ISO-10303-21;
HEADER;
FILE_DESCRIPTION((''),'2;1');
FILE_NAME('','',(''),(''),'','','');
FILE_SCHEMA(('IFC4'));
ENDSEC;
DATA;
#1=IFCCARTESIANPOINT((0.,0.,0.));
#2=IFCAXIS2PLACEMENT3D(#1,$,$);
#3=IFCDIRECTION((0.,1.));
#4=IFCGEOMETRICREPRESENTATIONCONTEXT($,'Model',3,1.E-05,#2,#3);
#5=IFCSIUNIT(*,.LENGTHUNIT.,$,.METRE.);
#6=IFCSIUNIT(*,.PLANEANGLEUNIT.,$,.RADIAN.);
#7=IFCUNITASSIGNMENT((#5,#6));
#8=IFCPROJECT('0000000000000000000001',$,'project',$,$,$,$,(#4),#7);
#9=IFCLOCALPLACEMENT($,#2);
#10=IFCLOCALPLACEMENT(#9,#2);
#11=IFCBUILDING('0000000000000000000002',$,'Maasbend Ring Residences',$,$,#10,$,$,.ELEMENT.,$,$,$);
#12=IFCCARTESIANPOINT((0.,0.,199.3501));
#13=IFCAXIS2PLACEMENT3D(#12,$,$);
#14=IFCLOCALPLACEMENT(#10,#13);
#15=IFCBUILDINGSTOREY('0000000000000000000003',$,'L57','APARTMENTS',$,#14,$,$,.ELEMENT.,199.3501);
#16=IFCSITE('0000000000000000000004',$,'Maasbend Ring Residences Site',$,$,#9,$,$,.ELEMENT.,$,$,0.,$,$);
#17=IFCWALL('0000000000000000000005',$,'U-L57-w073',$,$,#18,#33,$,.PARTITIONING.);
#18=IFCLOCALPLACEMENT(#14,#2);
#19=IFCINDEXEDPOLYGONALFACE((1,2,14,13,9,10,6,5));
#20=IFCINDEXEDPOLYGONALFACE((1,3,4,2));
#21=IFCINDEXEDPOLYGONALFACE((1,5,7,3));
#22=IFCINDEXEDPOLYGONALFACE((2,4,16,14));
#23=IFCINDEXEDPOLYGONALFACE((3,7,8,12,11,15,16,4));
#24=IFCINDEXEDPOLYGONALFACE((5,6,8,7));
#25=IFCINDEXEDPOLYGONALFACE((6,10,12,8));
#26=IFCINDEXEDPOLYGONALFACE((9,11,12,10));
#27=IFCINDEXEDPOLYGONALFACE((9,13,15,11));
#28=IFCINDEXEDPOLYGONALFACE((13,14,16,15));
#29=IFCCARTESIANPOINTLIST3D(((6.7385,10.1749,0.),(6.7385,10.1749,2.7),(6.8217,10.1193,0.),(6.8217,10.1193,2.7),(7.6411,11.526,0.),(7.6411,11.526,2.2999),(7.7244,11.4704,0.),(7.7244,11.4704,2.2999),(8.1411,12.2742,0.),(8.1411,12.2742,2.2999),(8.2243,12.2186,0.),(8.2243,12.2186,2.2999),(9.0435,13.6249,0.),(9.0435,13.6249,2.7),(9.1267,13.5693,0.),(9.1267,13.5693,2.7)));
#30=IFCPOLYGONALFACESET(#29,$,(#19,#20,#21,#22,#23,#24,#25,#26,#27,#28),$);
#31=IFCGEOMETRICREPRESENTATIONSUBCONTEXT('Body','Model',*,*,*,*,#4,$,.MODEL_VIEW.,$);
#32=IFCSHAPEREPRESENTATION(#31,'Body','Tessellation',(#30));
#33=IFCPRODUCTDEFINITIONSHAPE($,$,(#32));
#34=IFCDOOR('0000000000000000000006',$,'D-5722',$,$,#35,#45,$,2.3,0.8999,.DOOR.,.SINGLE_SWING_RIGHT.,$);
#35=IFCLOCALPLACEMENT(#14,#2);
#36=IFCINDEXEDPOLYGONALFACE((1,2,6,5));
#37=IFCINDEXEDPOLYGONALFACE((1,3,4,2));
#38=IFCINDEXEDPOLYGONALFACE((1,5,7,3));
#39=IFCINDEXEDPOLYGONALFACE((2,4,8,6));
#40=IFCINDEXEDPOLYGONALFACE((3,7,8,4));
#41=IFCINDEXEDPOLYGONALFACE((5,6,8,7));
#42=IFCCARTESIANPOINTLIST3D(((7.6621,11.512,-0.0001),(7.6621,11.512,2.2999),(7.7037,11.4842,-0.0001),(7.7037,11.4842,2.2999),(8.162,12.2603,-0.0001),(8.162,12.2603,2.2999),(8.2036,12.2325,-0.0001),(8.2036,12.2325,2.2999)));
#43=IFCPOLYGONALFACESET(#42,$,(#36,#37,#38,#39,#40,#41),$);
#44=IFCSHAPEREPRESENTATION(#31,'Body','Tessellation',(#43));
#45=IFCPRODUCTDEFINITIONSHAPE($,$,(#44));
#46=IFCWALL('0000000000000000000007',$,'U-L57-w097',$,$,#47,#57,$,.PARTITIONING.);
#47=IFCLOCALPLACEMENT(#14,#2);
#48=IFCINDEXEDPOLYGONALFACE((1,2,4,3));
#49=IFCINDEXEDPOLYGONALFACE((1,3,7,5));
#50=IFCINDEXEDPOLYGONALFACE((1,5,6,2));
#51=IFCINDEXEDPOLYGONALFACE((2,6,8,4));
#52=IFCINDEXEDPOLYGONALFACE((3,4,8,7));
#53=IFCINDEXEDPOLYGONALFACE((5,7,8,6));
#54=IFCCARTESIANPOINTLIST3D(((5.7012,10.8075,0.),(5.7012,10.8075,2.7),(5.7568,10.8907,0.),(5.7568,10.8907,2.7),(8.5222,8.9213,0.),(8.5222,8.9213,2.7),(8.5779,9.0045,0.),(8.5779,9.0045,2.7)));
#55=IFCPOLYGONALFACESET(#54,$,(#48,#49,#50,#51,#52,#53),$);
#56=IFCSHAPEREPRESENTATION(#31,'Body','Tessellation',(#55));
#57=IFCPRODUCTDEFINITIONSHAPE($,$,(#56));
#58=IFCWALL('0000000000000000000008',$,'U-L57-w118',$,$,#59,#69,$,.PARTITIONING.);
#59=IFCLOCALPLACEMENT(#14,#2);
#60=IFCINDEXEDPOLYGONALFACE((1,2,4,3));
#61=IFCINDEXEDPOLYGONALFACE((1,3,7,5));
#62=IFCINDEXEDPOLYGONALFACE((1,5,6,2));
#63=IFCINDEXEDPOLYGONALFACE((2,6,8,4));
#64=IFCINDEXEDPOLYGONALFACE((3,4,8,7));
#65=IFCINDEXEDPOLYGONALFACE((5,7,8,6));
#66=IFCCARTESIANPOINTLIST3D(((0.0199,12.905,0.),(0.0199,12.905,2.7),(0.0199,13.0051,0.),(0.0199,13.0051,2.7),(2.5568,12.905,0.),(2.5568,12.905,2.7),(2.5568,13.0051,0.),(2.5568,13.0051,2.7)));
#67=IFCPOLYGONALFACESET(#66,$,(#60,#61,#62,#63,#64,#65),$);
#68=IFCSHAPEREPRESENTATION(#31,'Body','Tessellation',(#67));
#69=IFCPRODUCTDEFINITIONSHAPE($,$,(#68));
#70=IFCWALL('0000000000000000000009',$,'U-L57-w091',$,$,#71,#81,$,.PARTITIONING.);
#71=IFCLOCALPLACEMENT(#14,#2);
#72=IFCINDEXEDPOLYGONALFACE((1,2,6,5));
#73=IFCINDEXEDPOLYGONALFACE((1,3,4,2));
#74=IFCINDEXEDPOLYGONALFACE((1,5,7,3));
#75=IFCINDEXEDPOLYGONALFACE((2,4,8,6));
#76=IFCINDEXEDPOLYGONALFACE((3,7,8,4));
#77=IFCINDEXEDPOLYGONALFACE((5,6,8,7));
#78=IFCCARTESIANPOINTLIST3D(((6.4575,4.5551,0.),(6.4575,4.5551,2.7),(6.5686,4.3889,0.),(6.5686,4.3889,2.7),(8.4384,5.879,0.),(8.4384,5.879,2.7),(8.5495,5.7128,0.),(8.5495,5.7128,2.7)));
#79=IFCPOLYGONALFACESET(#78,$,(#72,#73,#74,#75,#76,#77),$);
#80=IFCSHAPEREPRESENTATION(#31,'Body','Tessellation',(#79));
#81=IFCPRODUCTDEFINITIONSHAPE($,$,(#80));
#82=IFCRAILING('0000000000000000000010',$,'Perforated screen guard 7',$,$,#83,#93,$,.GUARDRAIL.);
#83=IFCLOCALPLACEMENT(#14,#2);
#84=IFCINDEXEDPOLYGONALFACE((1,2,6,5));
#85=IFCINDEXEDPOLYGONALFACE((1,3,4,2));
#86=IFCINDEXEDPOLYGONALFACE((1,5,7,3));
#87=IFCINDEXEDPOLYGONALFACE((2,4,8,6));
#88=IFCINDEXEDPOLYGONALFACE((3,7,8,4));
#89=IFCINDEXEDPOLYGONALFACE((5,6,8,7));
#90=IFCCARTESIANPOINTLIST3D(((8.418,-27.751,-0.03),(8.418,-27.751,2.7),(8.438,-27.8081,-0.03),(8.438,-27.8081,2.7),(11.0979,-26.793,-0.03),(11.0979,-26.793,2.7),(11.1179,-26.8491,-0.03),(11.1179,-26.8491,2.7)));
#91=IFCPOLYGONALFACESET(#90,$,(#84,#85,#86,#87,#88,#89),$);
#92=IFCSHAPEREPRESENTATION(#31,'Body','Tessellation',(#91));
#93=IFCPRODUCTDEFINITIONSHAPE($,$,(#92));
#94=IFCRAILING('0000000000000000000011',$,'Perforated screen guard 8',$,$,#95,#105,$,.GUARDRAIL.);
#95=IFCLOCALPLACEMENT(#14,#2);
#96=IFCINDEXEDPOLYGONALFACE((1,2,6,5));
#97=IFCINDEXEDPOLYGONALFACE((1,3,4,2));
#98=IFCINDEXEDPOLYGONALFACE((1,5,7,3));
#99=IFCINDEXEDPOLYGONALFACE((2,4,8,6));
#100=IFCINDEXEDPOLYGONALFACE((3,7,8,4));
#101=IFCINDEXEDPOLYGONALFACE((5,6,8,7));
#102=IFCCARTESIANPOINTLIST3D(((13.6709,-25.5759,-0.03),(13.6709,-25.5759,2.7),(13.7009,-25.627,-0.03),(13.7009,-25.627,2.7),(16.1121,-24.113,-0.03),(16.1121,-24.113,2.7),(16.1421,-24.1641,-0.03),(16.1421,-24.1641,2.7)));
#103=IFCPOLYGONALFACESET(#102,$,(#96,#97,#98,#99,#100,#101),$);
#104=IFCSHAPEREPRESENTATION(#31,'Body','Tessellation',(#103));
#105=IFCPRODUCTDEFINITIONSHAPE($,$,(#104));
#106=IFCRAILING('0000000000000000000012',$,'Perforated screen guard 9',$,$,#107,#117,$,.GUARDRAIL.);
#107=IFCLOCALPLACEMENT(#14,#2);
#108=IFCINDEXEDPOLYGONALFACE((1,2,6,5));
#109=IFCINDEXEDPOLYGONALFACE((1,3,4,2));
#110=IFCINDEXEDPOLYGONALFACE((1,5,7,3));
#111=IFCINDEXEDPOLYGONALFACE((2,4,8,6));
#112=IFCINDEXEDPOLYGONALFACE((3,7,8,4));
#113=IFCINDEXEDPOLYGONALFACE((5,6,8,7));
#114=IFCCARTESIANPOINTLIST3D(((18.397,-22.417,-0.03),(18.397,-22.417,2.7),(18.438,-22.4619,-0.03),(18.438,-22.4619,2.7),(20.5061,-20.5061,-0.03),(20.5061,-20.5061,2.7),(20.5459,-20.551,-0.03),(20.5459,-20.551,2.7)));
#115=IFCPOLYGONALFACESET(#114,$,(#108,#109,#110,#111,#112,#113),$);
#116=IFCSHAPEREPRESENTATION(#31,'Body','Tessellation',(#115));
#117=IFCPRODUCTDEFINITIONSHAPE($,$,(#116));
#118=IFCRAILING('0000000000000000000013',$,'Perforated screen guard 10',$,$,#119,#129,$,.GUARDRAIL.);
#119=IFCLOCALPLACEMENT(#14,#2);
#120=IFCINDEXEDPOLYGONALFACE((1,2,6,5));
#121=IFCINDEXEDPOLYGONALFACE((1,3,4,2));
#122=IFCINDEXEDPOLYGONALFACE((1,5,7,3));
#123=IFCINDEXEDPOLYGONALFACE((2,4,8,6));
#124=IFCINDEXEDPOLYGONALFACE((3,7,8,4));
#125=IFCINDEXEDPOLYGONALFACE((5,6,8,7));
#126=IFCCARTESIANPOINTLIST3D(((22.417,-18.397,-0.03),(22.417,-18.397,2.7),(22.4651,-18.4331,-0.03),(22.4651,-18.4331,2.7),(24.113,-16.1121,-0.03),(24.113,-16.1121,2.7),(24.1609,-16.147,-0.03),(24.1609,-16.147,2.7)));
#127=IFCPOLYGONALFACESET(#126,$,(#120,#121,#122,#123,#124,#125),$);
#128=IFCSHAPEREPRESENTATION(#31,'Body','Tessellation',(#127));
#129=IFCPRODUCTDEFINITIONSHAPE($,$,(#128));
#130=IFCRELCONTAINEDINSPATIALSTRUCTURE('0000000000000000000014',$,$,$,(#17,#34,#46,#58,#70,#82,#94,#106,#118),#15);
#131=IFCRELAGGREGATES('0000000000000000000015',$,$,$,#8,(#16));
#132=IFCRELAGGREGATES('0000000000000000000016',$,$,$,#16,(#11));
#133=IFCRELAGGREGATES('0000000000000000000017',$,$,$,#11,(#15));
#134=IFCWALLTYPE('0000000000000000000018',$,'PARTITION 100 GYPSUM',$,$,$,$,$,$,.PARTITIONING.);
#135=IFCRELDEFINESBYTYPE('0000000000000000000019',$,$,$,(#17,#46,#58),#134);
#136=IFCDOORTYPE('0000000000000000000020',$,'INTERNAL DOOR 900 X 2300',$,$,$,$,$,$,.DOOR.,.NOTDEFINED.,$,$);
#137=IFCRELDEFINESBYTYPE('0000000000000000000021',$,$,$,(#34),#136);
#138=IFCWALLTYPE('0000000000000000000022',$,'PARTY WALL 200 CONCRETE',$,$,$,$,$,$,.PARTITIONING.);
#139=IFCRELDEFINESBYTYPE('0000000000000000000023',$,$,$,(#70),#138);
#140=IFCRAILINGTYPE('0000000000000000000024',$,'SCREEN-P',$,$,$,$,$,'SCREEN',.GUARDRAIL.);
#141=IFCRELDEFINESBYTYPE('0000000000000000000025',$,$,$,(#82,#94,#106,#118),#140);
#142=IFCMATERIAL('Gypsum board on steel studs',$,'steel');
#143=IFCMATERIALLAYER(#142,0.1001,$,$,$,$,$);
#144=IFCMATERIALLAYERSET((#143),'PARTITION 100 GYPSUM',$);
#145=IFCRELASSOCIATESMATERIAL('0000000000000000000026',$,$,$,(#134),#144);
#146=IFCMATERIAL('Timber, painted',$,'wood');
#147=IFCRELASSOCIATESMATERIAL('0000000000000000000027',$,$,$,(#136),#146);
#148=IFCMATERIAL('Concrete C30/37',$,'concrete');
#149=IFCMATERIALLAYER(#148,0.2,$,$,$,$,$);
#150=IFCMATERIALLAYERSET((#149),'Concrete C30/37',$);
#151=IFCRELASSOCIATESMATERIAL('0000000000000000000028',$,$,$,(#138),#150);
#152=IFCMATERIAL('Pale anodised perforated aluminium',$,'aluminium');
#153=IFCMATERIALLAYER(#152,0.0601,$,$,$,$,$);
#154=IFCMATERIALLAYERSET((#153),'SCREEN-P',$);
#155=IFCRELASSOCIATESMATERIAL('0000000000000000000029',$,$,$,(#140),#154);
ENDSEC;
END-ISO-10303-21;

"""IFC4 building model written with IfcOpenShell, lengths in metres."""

from ifc_helpers import new_model, si_unit, direction, frame, frame_2d, origin, place, context, subcontext, project, spatial, polyline, rectangle, outline, extrude, material, layer, layer_set, type_object, element, fill, save


model = new_model("IFC4")

# Units and contexts
model_context = context("Model", 3, precision=1e-05, world=origin(), true_north=direction((0.0, 1.0)))
body_context = subcontext(model_context, "Body", "Model", "MODEL_VIEW")
ifc_project = project(units=[si_unit("LENGTHUNIT", "METRE"), si_unit("PLANEANGLEUNIT", "RADIAN")], contexts=[model_context])

# Site, building, storey
site_placement = place(None, origin())
site = spatial("IfcSite", under=ifc_project, at=site_placement, Name="Maasbend Ring Residences Site", CompositionType="ELEMENT", RefElevation=0.0)
building_placement = place(site_placement, origin())
building = spatial("IfcBuilding", under=site, at=building_placement, Name="Maasbend Ring Residences", CompositionType="ELEMENT")
storey_placement = place(building_placement, frame((0.0, 0.0, 199.3501)))
storey = spatial("IfcBuildingStorey", under=building, at=storey_placement, Name="L57", Description="APARTMENTS", CompositionType="ELEMENT", Elevation=199.3501)

# Wall, opening, door
ifc_material_1 = material(Name="Gypsum board on steel studs", Category="steel")
ifc_layer_1 = layer(ifc_material_1, 0.1001)
ifc_layer_set_1 = layer_set([ifc_layer_1], Name="PARTITION 100 GYPSUM")
wall_type_1 = type_object("IfcWallType", Name="PARTITION 100 GYPSUM", PredefinedType="PARTITIONING", material=ifc_layer_set_1)
ifc_material_2 = material(Name="Timber, painted", Category="wood")
door_type = type_object("IfcDoorType", Name="INTERNAL DOOR 900 X 2300", OperationType="NOTDEFINED", PredefinedType="DOOR", material=ifc_material_2)
wall_1_placement = place(storey_placement, frame((6.78, 10.147, 0.0), z_axis=(0.0, 0.0, 1.0), x_axis=(0.555528, 0.831498, 0.0)))
wall_1 = element("IfcWall", 1, at=wall_1_placement, inside=storey, type_object=wall_type_1, Name="U-L57-w073", PredefinedType="PARTITIONING", context=body_context, shape_type="SweptSolid", body=[
    extrude(rectangle(XDim=4.1492, YDim=0.1001, at=frame_2d((2.0747, 0.0))), origin(), (0.0, 0.0, 1.0), 2.7),
])
opening_1_placement = place(wall_1_placement, frame((1.625, 0.0, 0.0)))
opening_1 = element("IfcOpeningElement", 2, at=opening_1_placement, cuts=wall_1, PredefinedType="OPENING", context=body_context, shape_type="SweptSolid", body=[
    extrude(rectangle(XDim=0.8999, YDim=2.3, at=frame_2d((0.45, 1.1499))), frame((0.0, 0.0601, 0.0), z_axis=(0.0, -1.0, 0.0), x_axis=(1.0, 0.0, 0.0)), (0.0, 0.0, 1.0), 0.1201),
])
door_1_placement = place(opening_1_placement, origin())
door_1 = element("IfcDoor", 3, at=door_1_placement, inside=storey, type_object=door_type, Name="D-5722", OperationType="SINGLE_SWING_RIGHT", OverallHeight=2.3, OverallWidth=0.8999, PredefinedType="DOOR", context=body_context, shape_type="SweptSolid", body=[
    extrude(rectangle(XDim=0.8999, YDim=2.3, at=frame_2d((0.45, 1.1499))), frame((0.0, 0.0249, 0.0), z_axis=(0.0, -1.0, 0.0), x_axis=(1.0, 0.0, 0.0)), (0.0, 0.0, 1.0), 0.05),
])
fill(opening_1, door_1)

# Walls
wall_2_placement = place(storey_placement, frame((5.729, 10.8491, 0.0), z_axis=(0.0, 0.0, 1.0), x_axis=(0.831297, -0.555829, 0.0)))
element("IfcWall", 4, at=wall_2_placement, inside=storey, type_object=wall_type_1, Name="U-L57-w097", PredefinedType="PARTITIONING", context=body_context, shape_type="SweptSolid", body=[
    extrude(rectangle(XDim=3.3936, YDim=0.1001, at=frame_2d((1.6968, 0.0))), origin(), (0.0, 0.0, 1.0), 2.7),
])
wall_3_placement = place(storey_placement, frame((2.5569, 12.9551, 0.0), z_axis=(0.0, 0.0, 1.0), x_axis=(-1.0, 0.0, 0.0)))
element("IfcWall", 5, at=wall_3_placement, inside=storey, type_object=wall_type_1, Name="U-L57-w118", PredefinedType="PARTITIONING", context=body_context, shape_type="SweptSolid", body=[
    extrude(rectangle(XDim=2.5369, YDim=0.1001, at=frame_2d((1.2686, 0.0))), origin(), (0.0, 0.0, 1.0), 2.7),
])
ifc_material_3 = material(Name="Concrete C30/37", Category="concrete")
ifc_layer_2 = layer(ifc_material_3, 0.2)
ifc_layer_set_2 = layer_set([ifc_layer_2], Name="Concrete C30/37")
wall_type_2 = type_object("IfcWallType", Name="PARTY WALL 200 CONCRETE", PredefinedType="PARTITIONING", material=ifc_layer_set_2)
wall_4_placement = place(storey_placement, frame((6.5129, 4.4719, 0.0), z_axis=(0.0, 0.0, 1.0), x_axis=(0.831403, 0.555669, 0.0)))
element("IfcWall", 6, at=wall_4_placement, inside=storey, type_object=wall_type_2, Name="U-L57-w091", PredefinedType="PARTITIONING", context=body_context, shape_type="SweptSolid", body=[
    extrude(rectangle(XDim=2.3826, YDim=0.2, at=frame_2d((1.1914, 0.0))), origin(), (0.0, 0.0, 1.0), 2.7),
])

# Railings
ifc_material_4 = material(Name="Pale anodised perforated aluminium", Category="aluminium")
ifc_layer_3 = layer(ifc_material_4, 0.0601)
ifc_layer_set_3 = layer_set([ifc_layer_3], Name="SCREEN-P")
railing_type = type_object("IfcRailingType", Name="SCREEN-P", ElementType="SCREEN", PredefinedType="GUARDRAIL", material=ifc_layer_set_3)
railing_1_placement = place(storey_placement, frame((0.0, 0.0, -0.03)))
element("IfcRailing", 7, at=railing_1_placement, inside=storey, type_object=railing_type, Name="Perforated screen guard 7", PredefinedType="GUARDRAIL", context=body_context, shape_type="SweptSolid", body=[
    extrude(outline(polyline([(8.418, -27.751), (11.0979, -26.793), (11.1179, -26.8491), (8.438, -27.8081), (8.418, -27.751)])), origin(), (0.0, 0.0, 1.0), 2.73),
])
railing_2_placement = place(storey_placement, frame((0.0, 0.0, -0.03)))
element("IfcRailing", 8, at=railing_2_placement, inside=storey, type_object=railing_type, Name="Perforated screen guard 8", PredefinedType="GUARDRAIL", context=body_context, shape_type="SweptSolid", body=[
    extrude(outline(polyline([(13.6709, -25.5759), (16.1121, -24.113), (16.1421, -24.1641), (13.7009, -25.627), (13.6709, -25.5759)])), origin(), (0.0, 0.0, 1.0), 2.73),
])
railing_3_placement = place(storey_placement, frame((0.0, 0.0, -0.03)))
element("IfcRailing", 9, at=railing_3_placement, inside=storey, type_object=railing_type, Name="Perforated screen guard 9", PredefinedType="GUARDRAIL", context=body_context, shape_type="SweptSolid", body=[
    extrude(outline(polyline([(18.397, -22.417), (20.5061, -20.5061), (20.5459, -20.551), (18.438, -22.4619), (18.397, -22.417)])), origin(), (0.0, 0.0, 1.0), 2.73),
])
railing_4_placement = place(storey_placement, frame((0.0, 0.0, -0.03)))
element("IfcRailing", 10, at=railing_4_placement, inside=storey, type_object=railing_type, Name="Perforated screen guard 10", PredefinedType="GUARDRAIL", context=body_context, shape_type="SweptSolid", body=[
    extrude(outline(polyline([(22.417, -18.397), (24.113, -16.1121), (24.1609, -16.147), (22.4651, -18.4331), (22.417, -18.397)])), origin(), (0.0, 0.0, 1.0), 2.73),
])

save(model, "model.ifc")
